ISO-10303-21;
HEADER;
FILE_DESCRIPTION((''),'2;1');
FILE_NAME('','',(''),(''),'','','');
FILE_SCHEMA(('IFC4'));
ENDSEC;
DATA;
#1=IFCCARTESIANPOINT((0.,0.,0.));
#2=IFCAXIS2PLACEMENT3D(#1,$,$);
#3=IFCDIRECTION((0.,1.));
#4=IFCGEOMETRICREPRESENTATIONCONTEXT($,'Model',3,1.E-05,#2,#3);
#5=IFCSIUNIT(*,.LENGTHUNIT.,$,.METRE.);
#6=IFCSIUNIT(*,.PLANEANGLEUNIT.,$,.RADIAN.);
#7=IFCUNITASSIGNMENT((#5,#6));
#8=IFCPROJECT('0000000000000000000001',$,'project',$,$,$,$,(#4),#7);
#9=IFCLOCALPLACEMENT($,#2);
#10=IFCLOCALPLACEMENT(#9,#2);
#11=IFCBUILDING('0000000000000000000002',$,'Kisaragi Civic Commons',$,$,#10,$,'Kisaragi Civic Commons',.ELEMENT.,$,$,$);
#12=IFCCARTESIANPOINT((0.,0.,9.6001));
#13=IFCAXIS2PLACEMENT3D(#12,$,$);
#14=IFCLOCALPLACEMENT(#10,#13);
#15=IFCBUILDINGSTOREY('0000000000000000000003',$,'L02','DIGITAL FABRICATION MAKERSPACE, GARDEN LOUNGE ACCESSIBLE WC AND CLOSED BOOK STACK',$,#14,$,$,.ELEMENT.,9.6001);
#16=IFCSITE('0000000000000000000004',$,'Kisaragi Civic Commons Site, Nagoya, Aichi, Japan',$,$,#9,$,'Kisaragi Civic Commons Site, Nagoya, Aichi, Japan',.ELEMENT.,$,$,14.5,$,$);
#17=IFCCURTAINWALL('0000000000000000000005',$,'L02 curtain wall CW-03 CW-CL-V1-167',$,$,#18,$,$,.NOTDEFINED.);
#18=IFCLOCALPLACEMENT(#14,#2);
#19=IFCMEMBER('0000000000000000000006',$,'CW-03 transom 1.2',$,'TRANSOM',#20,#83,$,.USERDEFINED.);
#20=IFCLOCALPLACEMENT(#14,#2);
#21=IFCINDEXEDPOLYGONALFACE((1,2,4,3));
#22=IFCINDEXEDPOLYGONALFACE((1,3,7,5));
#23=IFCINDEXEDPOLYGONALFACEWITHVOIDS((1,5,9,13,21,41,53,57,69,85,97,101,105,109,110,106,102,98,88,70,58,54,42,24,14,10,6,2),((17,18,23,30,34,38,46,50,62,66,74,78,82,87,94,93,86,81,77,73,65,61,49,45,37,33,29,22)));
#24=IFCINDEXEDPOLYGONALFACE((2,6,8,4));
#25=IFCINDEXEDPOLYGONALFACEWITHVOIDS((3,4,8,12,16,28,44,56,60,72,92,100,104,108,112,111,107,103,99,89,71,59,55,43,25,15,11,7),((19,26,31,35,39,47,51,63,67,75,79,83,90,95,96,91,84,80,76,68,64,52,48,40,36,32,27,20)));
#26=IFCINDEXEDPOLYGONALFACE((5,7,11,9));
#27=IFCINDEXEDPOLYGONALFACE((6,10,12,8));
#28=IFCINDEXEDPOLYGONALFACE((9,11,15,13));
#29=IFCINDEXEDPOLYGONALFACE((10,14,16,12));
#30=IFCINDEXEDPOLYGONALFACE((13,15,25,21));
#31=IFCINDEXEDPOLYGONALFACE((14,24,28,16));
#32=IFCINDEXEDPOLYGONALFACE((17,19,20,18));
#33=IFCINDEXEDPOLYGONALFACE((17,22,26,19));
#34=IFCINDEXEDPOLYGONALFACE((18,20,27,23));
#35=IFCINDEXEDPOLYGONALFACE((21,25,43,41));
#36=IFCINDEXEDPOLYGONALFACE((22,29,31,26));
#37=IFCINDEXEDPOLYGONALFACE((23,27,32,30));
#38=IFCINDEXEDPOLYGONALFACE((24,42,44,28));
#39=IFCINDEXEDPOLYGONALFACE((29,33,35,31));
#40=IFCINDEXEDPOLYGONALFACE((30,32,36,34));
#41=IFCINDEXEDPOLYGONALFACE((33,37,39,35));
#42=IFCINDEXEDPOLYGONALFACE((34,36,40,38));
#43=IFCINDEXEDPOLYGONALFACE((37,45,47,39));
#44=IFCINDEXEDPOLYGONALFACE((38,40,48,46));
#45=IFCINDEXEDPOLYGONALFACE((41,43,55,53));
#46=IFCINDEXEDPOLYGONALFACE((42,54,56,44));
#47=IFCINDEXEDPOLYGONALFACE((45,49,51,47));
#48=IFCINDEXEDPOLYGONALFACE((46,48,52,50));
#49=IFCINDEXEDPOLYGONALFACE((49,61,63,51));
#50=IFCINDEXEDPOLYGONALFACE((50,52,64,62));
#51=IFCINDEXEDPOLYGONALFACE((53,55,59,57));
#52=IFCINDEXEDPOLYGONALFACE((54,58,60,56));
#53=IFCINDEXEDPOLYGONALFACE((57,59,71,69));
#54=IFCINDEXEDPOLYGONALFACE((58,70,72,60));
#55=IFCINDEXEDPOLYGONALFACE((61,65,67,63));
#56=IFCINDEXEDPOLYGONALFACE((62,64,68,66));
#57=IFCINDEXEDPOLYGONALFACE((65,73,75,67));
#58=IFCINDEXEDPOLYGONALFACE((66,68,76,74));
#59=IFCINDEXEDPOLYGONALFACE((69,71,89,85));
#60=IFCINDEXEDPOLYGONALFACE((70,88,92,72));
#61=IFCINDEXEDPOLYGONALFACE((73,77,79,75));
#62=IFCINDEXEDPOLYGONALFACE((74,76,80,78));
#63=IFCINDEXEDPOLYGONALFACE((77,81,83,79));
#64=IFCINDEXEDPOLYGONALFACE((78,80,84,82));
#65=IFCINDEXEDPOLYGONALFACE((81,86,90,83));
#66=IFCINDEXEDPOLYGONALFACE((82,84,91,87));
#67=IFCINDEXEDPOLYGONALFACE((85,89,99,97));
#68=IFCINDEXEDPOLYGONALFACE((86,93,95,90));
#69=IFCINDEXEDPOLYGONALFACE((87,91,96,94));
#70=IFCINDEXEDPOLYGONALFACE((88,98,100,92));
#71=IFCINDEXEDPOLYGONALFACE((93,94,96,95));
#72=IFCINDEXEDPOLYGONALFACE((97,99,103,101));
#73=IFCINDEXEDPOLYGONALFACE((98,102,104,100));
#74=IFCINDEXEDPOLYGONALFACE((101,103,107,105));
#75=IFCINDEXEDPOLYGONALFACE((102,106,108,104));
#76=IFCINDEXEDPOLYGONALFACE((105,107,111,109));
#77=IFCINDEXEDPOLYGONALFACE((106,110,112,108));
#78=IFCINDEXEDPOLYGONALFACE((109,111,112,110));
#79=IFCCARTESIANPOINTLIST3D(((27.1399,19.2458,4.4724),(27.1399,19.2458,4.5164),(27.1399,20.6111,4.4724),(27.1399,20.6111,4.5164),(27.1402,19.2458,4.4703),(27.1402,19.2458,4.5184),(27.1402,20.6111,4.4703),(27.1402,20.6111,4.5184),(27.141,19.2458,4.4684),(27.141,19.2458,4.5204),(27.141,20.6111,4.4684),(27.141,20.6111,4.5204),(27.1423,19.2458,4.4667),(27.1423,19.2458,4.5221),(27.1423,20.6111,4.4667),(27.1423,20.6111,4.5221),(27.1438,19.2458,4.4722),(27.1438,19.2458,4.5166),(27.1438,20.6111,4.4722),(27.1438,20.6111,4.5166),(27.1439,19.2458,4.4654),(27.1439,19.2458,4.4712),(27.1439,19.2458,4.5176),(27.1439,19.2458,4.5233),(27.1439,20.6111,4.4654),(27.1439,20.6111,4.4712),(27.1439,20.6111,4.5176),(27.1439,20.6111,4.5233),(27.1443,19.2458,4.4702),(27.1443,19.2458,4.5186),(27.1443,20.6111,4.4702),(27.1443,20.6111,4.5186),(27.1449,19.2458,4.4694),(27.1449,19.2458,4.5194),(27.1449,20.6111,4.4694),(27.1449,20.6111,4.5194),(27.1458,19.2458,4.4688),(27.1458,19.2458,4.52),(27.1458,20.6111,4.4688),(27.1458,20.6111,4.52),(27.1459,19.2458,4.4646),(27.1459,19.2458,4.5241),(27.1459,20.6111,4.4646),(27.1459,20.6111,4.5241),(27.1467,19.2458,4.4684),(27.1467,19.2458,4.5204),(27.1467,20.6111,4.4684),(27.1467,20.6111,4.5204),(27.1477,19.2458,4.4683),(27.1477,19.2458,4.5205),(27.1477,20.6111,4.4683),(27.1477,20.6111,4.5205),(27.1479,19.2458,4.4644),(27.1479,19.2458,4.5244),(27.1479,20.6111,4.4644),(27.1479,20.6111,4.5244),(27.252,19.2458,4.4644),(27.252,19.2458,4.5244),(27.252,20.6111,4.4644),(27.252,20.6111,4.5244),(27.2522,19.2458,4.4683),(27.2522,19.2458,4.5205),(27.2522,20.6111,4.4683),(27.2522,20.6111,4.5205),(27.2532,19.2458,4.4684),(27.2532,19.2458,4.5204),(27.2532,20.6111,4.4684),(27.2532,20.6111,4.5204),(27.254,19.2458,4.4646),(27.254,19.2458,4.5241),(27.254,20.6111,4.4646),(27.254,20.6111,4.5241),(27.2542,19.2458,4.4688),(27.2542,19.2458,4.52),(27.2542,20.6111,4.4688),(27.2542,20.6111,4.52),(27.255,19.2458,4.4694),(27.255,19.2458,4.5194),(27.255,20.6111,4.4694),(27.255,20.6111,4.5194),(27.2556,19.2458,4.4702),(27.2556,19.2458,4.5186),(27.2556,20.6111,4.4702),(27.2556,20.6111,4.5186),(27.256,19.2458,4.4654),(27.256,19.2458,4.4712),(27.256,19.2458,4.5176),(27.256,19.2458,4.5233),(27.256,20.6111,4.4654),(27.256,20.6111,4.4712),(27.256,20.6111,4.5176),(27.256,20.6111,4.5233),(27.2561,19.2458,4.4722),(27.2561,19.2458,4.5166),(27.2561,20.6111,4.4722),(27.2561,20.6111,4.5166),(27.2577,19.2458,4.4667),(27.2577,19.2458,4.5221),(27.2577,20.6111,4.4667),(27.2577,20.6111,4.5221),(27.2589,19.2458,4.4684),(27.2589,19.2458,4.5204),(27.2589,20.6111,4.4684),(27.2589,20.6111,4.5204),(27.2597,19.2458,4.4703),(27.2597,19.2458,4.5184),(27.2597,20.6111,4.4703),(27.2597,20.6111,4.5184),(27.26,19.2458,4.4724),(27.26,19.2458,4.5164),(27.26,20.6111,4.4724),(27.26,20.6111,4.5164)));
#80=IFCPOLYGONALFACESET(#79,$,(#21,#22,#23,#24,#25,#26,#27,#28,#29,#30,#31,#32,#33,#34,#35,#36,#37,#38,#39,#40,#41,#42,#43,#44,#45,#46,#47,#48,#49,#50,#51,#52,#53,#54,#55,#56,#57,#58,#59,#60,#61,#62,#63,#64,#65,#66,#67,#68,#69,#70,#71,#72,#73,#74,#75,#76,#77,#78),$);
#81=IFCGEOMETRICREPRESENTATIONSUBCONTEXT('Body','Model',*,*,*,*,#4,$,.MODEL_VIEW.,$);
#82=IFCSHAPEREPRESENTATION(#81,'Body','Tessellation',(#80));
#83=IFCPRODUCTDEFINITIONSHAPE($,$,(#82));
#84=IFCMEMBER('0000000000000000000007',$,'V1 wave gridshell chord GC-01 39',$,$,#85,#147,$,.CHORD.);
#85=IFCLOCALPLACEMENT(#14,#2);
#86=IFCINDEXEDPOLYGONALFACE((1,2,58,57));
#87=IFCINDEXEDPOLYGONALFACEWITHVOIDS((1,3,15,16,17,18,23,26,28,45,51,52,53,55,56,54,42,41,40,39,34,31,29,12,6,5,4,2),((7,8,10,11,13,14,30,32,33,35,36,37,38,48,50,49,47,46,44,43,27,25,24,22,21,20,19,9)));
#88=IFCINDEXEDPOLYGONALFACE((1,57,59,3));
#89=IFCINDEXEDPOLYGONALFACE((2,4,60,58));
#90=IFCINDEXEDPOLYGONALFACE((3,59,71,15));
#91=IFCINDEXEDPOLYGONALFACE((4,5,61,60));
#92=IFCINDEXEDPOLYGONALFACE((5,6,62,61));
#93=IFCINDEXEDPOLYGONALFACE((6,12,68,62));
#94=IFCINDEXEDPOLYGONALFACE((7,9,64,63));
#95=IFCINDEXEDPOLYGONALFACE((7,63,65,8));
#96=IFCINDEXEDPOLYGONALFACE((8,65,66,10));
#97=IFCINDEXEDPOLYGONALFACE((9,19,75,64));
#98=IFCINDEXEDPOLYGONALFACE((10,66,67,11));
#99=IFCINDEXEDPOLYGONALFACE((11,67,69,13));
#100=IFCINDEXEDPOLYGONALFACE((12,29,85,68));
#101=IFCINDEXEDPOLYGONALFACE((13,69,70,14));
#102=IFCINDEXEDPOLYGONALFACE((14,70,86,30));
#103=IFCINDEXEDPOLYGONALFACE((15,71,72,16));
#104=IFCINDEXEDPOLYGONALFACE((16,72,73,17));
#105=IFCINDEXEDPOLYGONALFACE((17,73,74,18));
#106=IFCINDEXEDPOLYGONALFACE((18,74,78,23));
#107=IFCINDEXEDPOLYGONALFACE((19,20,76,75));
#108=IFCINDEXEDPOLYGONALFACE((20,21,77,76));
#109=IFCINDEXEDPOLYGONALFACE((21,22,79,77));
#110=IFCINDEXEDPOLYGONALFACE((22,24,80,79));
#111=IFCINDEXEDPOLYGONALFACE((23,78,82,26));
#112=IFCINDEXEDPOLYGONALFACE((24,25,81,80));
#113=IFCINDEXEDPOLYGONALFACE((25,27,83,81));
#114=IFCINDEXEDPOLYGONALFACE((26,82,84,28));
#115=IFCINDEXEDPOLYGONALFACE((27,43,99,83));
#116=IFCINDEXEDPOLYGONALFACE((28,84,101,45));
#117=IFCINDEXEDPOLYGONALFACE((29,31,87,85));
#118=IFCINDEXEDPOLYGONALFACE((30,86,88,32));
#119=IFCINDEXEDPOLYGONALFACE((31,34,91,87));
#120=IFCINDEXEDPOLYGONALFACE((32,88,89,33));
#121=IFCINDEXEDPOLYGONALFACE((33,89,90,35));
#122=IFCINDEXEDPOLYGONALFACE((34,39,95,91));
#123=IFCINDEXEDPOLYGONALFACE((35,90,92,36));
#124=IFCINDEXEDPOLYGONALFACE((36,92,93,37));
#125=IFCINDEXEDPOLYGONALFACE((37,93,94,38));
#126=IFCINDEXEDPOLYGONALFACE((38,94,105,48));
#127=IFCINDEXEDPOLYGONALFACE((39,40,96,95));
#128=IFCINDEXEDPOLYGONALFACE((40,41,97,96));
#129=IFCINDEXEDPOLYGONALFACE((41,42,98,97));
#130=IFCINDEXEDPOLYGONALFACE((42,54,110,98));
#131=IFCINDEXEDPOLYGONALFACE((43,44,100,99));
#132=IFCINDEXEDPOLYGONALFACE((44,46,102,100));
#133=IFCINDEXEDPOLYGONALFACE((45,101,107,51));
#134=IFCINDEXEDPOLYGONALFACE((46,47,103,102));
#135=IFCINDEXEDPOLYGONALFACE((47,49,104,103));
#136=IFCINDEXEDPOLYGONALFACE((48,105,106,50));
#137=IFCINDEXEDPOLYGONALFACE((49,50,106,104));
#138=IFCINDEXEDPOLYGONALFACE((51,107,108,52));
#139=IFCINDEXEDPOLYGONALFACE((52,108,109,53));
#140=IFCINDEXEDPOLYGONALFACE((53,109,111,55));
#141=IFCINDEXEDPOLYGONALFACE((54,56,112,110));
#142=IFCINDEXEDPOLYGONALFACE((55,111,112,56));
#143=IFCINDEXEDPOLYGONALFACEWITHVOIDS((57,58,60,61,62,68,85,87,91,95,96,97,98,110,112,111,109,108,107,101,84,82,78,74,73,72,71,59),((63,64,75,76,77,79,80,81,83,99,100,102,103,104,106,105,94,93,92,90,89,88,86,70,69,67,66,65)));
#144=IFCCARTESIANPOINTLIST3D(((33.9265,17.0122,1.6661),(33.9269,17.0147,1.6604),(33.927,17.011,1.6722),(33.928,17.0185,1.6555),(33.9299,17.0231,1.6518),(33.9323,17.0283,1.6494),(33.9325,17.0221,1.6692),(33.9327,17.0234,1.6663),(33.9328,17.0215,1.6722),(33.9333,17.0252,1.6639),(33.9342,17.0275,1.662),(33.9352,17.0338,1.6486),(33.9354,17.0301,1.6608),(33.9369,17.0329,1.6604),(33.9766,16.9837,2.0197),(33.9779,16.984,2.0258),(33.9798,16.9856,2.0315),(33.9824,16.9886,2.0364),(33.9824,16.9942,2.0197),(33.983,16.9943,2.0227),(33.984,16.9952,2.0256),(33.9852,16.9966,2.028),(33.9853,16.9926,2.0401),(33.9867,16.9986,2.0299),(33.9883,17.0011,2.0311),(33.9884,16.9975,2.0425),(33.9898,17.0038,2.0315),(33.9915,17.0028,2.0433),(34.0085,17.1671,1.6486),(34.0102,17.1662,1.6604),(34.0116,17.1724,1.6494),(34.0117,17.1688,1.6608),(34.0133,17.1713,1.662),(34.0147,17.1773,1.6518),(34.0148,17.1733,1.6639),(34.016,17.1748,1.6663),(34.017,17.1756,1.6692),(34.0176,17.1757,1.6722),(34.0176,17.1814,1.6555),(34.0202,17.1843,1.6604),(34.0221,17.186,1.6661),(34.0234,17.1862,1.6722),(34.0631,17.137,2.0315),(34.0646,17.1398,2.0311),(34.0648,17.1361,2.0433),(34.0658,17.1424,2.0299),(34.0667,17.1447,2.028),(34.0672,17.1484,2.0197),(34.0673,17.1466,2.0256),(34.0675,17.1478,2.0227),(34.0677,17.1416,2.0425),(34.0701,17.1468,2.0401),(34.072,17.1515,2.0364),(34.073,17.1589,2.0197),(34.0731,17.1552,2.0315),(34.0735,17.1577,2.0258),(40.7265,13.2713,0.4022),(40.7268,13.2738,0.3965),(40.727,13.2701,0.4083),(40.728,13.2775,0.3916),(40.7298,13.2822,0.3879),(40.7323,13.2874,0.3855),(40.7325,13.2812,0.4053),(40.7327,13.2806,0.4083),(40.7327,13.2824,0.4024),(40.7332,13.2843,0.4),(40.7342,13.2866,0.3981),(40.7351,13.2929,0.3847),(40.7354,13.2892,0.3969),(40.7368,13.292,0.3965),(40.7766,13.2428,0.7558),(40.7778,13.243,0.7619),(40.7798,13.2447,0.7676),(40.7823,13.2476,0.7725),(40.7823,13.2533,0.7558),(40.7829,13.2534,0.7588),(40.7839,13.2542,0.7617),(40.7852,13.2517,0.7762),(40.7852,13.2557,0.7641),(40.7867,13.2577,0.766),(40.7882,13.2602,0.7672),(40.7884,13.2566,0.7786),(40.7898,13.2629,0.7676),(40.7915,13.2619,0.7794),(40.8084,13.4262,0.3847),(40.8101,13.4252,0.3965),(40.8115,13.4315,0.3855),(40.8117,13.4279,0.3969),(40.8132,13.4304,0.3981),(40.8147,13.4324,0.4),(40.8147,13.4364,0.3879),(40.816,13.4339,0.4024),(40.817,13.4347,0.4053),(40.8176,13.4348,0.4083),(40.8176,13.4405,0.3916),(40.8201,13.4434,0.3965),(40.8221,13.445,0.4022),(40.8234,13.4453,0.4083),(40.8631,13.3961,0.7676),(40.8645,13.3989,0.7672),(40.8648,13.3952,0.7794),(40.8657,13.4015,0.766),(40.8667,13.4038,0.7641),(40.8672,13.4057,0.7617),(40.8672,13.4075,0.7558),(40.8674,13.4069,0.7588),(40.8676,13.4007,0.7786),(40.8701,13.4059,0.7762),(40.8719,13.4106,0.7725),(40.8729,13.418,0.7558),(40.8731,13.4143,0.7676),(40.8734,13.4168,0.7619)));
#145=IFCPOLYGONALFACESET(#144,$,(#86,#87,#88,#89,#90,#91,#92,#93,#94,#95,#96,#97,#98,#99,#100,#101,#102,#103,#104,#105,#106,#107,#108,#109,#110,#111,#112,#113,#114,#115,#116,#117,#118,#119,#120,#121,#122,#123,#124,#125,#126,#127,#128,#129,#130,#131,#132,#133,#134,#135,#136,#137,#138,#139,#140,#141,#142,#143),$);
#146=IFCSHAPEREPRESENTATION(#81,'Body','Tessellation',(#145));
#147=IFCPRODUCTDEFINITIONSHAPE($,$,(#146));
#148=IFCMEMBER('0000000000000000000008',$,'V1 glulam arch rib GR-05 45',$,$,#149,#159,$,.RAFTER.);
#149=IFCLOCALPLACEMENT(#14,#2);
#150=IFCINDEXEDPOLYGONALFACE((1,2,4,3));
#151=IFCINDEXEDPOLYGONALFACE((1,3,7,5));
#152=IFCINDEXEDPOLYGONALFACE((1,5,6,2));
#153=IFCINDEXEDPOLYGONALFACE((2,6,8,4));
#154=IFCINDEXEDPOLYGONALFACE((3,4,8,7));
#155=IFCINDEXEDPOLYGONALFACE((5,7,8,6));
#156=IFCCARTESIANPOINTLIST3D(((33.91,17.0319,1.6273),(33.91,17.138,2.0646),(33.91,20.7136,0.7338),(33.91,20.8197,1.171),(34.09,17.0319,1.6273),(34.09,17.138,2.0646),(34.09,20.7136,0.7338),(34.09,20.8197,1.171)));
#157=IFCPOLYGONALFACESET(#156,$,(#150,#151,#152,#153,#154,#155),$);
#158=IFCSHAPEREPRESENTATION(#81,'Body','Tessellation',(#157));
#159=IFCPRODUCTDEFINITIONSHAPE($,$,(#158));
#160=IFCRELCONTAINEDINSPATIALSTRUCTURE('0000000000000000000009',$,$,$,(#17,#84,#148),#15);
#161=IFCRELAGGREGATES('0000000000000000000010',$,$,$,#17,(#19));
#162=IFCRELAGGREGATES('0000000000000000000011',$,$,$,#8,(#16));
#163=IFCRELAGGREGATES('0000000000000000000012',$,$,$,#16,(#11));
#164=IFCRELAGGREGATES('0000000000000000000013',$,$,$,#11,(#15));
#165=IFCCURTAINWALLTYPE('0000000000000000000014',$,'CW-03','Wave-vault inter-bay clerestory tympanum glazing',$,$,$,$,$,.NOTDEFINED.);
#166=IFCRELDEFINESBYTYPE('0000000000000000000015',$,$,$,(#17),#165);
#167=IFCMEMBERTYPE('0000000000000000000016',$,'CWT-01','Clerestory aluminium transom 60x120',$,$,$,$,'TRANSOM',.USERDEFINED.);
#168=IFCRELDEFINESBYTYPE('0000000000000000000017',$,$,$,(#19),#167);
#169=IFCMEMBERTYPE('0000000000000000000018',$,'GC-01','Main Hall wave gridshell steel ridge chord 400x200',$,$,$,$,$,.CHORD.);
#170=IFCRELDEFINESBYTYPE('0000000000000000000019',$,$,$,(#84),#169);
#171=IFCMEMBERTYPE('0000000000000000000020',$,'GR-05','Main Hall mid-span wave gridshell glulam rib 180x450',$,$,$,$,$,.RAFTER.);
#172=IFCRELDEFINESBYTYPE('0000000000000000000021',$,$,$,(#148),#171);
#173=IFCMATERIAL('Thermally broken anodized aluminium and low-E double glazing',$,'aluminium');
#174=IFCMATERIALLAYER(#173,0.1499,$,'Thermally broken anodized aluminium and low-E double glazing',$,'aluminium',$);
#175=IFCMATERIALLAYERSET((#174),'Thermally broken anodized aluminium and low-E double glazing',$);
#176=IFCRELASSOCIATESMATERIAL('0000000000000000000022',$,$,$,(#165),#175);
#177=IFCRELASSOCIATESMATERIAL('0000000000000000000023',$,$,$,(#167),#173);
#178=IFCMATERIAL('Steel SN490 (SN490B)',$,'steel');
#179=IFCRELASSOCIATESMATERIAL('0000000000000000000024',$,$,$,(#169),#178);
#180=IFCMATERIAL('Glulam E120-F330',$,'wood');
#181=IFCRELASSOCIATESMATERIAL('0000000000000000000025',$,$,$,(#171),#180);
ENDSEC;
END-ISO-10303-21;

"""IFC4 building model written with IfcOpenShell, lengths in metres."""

from ifc_helpers import new_model, si_unit, direction, frame, origin, origin_2d, place, context, subcontext, project, spatial, rectangle, hollow_rectangle, extrude, material, layer, layer_set, material_profile, profile_set, type_object, element, aggregate, save


model = new_model("IFC4")

# Units and contexts
model_context = context("Model", 3, precision=1e-05, world=origin(), true_north=direction((0.0, 1.0)))
body_context = subcontext(model_context, "Body", "Model", "MODEL_VIEW")
ifc_project = project(units=[si_unit("LENGTHUNIT", "METRE"), si_unit("PLANEANGLEUNIT", "RADIAN")], contexts=[model_context])

# Site, building, storey
site_placement = place(None, origin())
site = spatial("IfcSite", under=ifc_project, at=site_placement, Name="Kisaragi Civic Commons Site, Nagoya, Aichi, Japan", LongName="Kisaragi Civic Commons Site, Nagoya, Aichi, Japan", CompositionType="ELEMENT", RefElevation=14.5)
building_placement = place(site_placement, origin())
building = spatial("IfcBuilding", under=site, at=building_placement, Name="Kisaragi Civic Commons", LongName="Kisaragi Civic Commons", CompositionType="ELEMENT")
storey_placement = place(building_placement, frame((0.0, 0.0, 9.6001)))
storey = spatial("IfcBuildingStorey", under=building, at=storey_placement, Name="L02", Description="DIGITAL FABRICATION MAKERSPACE, GARDEN LOUNGE ACCESSIBLE WC AND CLOSED BOOK STACK", CompositionType="ELEMENT", Elevation=9.6001)

# Curtain wall
ifc_material_1 = material(Name="Thermally broken anodized aluminium and low-E double glazing", Category="aluminium")
ifc_layer_1 = layer(ifc_material_1, 0.1499, Name="Thermally broken anodized aluminium and low-E double glazing", Category="aluminium")
ifc_layer_set_1 = layer_set([ifc_layer_1], Name="Thermally broken anodized aluminium and low-E double glazing")
curtain_wall_type = type_object("IfcCurtainWallType", Name="CW-03", Description="Wave-vault inter-bay clerestory tympanum glazing", PredefinedType="NOTDEFINED", material=ifc_layer_set_1)
curtain_wall_1_placement = place(storey_placement, origin())
curtain_wall_1 = element("IfcCurtainWall", 1, at=curtain_wall_1_placement, inside=storey, type_object=curtain_wall_type, Name="L02 curtain wall CW-03 CW-CL-V1-167", PredefinedType="NOTDEFINED")

# Member
ifc_material_profile_1 = material_profile(ifc_material_1, hollow_rectangle(XDim=0.1201, YDim=0.0601, WallThickness=0.0039, InnerFilletRadius=0.0039, OuterFilletRadius=0.0081, at=origin_2d()), Name="CWT-60x120x4", Category="aluminium")
ifc_profile_set_1 = profile_set([ifc_material_profile_1], Name="Thermally broken anodized aluminium and low-E double glazing")
member_type_1 = type_object("IfcMemberType", Name="CWT-01", Description="Clerestory aluminium transom 60x120", ElementType="TRANSOM", PredefinedType="USERDEFINED", material=ifc_profile_set_1)
member_1_placement = place(storey_placement, frame((27.2, 19.2458, 4.4944), z_axis=(0.0, 1.0, 0.0), x_axis=(-1.0, 0.0, 0.0)))
member_1 = element("IfcMember", 2, at=member_1_placement, type_object=member_type_1, Name="CW-03 transom 1.2", ObjectType="TRANSOM", PredefinedType="USERDEFINED", context=body_context, shape_type="SweptSolid", body=[
    extrude(hollow_rectangle(XDim=0.1201, YDim=0.0601, WallThickness=0.0039, InnerFilletRadius=0.0039, OuterFilletRadius=0.0081, at=origin_2d()), origin(), (0.0, 0.0, 1.0), 1.3652),
])

# Members
ifc_material_2 = material(Name="Steel SN490 (SN490B)", Category="steel")
ifc_material_profile_2 = material_profile(ifc_material_2, hollow_rectangle(XDim=0.2, YDim=0.3999, WallThickness=0.012, InnerFilletRadius=0.012, OuterFilletRadius=0.0239, at=origin_2d()), Name="STKR-400x200x12", Category="steel")
ifc_profile_set_2 = profile_set([ifc_material_profile_2], Name="Steel SN490 (SN490B)")
member_type_2 = type_object("IfcMemberType", Name="GC-01", Description="Main Hall wave gridshell steel ridge chord 400x200", PredefinedType="CHORD", material=ifc_profile_set_2)
member_2_placement = place(storey_placement, frame((34.0, 17.085, 1.8459), z_axis=(0.864773, -0.475744, -0.160734), x_axis=(0.482012, 0.876165, 0.0)))
element("IfcMember", 3, at=member_2_placement, inside=storey, type_object=member_type_2, Name="V1 wave gridshell chord GC-01 39", PredefinedType="CHORD", context=body_context, shape_type="SweptSolid", body=[
    extrude(hollow_rectangle(XDim=0.2, YDim=0.3999, WallThickness=0.012, InnerFilletRadius=0.012, OuterFilletRadius=0.0239, at=origin_2d()), origin(), (0.0, 0.0, 1.0), 7.8633),
])
ifc_material_3 = material(Name="Glulam E120-F330", Category="wood")
ifc_material_profile_3 = material_profile(ifc_material_3, rectangle(XDim=0.1799, YDim=0.45, at=origin_2d()), Name="GL-180x450", Category="wood")
ifc_profile_set_3 = profile_set([ifc_material_profile_3], Name="Glulam E120-F330")
member_type_3 = type_object("IfcMemberType", Name="GR-05", Description="Main Hall mid-span wave gridshell glulam rib 180x450", PredefinedType="RAFTER", material=ifc_profile_set_3)
member_3_placement = place(storey_placement, frame((34.0, 17.085, 1.8459), z_axis=(0.0, 0.971787, -0.235858), x_axis=(-1.0, 0.0, 0.0)))
element("IfcMember", 4, at=member_3_placement, inside=storey, type_object=member_type_3, Name="V1 glulam arch rib GR-05 45", PredefinedType="RAFTER", context=body_context, shape_type="SweptSolid", body=[
    extrude(rectangle(XDim=0.1799, YDim=0.45, at=origin_2d()), origin(), (0.0, 0.0, 1.0), 3.7886),
])

aggregate(curtain_wall_1, [member_1])

save(model, "model.ifc")
